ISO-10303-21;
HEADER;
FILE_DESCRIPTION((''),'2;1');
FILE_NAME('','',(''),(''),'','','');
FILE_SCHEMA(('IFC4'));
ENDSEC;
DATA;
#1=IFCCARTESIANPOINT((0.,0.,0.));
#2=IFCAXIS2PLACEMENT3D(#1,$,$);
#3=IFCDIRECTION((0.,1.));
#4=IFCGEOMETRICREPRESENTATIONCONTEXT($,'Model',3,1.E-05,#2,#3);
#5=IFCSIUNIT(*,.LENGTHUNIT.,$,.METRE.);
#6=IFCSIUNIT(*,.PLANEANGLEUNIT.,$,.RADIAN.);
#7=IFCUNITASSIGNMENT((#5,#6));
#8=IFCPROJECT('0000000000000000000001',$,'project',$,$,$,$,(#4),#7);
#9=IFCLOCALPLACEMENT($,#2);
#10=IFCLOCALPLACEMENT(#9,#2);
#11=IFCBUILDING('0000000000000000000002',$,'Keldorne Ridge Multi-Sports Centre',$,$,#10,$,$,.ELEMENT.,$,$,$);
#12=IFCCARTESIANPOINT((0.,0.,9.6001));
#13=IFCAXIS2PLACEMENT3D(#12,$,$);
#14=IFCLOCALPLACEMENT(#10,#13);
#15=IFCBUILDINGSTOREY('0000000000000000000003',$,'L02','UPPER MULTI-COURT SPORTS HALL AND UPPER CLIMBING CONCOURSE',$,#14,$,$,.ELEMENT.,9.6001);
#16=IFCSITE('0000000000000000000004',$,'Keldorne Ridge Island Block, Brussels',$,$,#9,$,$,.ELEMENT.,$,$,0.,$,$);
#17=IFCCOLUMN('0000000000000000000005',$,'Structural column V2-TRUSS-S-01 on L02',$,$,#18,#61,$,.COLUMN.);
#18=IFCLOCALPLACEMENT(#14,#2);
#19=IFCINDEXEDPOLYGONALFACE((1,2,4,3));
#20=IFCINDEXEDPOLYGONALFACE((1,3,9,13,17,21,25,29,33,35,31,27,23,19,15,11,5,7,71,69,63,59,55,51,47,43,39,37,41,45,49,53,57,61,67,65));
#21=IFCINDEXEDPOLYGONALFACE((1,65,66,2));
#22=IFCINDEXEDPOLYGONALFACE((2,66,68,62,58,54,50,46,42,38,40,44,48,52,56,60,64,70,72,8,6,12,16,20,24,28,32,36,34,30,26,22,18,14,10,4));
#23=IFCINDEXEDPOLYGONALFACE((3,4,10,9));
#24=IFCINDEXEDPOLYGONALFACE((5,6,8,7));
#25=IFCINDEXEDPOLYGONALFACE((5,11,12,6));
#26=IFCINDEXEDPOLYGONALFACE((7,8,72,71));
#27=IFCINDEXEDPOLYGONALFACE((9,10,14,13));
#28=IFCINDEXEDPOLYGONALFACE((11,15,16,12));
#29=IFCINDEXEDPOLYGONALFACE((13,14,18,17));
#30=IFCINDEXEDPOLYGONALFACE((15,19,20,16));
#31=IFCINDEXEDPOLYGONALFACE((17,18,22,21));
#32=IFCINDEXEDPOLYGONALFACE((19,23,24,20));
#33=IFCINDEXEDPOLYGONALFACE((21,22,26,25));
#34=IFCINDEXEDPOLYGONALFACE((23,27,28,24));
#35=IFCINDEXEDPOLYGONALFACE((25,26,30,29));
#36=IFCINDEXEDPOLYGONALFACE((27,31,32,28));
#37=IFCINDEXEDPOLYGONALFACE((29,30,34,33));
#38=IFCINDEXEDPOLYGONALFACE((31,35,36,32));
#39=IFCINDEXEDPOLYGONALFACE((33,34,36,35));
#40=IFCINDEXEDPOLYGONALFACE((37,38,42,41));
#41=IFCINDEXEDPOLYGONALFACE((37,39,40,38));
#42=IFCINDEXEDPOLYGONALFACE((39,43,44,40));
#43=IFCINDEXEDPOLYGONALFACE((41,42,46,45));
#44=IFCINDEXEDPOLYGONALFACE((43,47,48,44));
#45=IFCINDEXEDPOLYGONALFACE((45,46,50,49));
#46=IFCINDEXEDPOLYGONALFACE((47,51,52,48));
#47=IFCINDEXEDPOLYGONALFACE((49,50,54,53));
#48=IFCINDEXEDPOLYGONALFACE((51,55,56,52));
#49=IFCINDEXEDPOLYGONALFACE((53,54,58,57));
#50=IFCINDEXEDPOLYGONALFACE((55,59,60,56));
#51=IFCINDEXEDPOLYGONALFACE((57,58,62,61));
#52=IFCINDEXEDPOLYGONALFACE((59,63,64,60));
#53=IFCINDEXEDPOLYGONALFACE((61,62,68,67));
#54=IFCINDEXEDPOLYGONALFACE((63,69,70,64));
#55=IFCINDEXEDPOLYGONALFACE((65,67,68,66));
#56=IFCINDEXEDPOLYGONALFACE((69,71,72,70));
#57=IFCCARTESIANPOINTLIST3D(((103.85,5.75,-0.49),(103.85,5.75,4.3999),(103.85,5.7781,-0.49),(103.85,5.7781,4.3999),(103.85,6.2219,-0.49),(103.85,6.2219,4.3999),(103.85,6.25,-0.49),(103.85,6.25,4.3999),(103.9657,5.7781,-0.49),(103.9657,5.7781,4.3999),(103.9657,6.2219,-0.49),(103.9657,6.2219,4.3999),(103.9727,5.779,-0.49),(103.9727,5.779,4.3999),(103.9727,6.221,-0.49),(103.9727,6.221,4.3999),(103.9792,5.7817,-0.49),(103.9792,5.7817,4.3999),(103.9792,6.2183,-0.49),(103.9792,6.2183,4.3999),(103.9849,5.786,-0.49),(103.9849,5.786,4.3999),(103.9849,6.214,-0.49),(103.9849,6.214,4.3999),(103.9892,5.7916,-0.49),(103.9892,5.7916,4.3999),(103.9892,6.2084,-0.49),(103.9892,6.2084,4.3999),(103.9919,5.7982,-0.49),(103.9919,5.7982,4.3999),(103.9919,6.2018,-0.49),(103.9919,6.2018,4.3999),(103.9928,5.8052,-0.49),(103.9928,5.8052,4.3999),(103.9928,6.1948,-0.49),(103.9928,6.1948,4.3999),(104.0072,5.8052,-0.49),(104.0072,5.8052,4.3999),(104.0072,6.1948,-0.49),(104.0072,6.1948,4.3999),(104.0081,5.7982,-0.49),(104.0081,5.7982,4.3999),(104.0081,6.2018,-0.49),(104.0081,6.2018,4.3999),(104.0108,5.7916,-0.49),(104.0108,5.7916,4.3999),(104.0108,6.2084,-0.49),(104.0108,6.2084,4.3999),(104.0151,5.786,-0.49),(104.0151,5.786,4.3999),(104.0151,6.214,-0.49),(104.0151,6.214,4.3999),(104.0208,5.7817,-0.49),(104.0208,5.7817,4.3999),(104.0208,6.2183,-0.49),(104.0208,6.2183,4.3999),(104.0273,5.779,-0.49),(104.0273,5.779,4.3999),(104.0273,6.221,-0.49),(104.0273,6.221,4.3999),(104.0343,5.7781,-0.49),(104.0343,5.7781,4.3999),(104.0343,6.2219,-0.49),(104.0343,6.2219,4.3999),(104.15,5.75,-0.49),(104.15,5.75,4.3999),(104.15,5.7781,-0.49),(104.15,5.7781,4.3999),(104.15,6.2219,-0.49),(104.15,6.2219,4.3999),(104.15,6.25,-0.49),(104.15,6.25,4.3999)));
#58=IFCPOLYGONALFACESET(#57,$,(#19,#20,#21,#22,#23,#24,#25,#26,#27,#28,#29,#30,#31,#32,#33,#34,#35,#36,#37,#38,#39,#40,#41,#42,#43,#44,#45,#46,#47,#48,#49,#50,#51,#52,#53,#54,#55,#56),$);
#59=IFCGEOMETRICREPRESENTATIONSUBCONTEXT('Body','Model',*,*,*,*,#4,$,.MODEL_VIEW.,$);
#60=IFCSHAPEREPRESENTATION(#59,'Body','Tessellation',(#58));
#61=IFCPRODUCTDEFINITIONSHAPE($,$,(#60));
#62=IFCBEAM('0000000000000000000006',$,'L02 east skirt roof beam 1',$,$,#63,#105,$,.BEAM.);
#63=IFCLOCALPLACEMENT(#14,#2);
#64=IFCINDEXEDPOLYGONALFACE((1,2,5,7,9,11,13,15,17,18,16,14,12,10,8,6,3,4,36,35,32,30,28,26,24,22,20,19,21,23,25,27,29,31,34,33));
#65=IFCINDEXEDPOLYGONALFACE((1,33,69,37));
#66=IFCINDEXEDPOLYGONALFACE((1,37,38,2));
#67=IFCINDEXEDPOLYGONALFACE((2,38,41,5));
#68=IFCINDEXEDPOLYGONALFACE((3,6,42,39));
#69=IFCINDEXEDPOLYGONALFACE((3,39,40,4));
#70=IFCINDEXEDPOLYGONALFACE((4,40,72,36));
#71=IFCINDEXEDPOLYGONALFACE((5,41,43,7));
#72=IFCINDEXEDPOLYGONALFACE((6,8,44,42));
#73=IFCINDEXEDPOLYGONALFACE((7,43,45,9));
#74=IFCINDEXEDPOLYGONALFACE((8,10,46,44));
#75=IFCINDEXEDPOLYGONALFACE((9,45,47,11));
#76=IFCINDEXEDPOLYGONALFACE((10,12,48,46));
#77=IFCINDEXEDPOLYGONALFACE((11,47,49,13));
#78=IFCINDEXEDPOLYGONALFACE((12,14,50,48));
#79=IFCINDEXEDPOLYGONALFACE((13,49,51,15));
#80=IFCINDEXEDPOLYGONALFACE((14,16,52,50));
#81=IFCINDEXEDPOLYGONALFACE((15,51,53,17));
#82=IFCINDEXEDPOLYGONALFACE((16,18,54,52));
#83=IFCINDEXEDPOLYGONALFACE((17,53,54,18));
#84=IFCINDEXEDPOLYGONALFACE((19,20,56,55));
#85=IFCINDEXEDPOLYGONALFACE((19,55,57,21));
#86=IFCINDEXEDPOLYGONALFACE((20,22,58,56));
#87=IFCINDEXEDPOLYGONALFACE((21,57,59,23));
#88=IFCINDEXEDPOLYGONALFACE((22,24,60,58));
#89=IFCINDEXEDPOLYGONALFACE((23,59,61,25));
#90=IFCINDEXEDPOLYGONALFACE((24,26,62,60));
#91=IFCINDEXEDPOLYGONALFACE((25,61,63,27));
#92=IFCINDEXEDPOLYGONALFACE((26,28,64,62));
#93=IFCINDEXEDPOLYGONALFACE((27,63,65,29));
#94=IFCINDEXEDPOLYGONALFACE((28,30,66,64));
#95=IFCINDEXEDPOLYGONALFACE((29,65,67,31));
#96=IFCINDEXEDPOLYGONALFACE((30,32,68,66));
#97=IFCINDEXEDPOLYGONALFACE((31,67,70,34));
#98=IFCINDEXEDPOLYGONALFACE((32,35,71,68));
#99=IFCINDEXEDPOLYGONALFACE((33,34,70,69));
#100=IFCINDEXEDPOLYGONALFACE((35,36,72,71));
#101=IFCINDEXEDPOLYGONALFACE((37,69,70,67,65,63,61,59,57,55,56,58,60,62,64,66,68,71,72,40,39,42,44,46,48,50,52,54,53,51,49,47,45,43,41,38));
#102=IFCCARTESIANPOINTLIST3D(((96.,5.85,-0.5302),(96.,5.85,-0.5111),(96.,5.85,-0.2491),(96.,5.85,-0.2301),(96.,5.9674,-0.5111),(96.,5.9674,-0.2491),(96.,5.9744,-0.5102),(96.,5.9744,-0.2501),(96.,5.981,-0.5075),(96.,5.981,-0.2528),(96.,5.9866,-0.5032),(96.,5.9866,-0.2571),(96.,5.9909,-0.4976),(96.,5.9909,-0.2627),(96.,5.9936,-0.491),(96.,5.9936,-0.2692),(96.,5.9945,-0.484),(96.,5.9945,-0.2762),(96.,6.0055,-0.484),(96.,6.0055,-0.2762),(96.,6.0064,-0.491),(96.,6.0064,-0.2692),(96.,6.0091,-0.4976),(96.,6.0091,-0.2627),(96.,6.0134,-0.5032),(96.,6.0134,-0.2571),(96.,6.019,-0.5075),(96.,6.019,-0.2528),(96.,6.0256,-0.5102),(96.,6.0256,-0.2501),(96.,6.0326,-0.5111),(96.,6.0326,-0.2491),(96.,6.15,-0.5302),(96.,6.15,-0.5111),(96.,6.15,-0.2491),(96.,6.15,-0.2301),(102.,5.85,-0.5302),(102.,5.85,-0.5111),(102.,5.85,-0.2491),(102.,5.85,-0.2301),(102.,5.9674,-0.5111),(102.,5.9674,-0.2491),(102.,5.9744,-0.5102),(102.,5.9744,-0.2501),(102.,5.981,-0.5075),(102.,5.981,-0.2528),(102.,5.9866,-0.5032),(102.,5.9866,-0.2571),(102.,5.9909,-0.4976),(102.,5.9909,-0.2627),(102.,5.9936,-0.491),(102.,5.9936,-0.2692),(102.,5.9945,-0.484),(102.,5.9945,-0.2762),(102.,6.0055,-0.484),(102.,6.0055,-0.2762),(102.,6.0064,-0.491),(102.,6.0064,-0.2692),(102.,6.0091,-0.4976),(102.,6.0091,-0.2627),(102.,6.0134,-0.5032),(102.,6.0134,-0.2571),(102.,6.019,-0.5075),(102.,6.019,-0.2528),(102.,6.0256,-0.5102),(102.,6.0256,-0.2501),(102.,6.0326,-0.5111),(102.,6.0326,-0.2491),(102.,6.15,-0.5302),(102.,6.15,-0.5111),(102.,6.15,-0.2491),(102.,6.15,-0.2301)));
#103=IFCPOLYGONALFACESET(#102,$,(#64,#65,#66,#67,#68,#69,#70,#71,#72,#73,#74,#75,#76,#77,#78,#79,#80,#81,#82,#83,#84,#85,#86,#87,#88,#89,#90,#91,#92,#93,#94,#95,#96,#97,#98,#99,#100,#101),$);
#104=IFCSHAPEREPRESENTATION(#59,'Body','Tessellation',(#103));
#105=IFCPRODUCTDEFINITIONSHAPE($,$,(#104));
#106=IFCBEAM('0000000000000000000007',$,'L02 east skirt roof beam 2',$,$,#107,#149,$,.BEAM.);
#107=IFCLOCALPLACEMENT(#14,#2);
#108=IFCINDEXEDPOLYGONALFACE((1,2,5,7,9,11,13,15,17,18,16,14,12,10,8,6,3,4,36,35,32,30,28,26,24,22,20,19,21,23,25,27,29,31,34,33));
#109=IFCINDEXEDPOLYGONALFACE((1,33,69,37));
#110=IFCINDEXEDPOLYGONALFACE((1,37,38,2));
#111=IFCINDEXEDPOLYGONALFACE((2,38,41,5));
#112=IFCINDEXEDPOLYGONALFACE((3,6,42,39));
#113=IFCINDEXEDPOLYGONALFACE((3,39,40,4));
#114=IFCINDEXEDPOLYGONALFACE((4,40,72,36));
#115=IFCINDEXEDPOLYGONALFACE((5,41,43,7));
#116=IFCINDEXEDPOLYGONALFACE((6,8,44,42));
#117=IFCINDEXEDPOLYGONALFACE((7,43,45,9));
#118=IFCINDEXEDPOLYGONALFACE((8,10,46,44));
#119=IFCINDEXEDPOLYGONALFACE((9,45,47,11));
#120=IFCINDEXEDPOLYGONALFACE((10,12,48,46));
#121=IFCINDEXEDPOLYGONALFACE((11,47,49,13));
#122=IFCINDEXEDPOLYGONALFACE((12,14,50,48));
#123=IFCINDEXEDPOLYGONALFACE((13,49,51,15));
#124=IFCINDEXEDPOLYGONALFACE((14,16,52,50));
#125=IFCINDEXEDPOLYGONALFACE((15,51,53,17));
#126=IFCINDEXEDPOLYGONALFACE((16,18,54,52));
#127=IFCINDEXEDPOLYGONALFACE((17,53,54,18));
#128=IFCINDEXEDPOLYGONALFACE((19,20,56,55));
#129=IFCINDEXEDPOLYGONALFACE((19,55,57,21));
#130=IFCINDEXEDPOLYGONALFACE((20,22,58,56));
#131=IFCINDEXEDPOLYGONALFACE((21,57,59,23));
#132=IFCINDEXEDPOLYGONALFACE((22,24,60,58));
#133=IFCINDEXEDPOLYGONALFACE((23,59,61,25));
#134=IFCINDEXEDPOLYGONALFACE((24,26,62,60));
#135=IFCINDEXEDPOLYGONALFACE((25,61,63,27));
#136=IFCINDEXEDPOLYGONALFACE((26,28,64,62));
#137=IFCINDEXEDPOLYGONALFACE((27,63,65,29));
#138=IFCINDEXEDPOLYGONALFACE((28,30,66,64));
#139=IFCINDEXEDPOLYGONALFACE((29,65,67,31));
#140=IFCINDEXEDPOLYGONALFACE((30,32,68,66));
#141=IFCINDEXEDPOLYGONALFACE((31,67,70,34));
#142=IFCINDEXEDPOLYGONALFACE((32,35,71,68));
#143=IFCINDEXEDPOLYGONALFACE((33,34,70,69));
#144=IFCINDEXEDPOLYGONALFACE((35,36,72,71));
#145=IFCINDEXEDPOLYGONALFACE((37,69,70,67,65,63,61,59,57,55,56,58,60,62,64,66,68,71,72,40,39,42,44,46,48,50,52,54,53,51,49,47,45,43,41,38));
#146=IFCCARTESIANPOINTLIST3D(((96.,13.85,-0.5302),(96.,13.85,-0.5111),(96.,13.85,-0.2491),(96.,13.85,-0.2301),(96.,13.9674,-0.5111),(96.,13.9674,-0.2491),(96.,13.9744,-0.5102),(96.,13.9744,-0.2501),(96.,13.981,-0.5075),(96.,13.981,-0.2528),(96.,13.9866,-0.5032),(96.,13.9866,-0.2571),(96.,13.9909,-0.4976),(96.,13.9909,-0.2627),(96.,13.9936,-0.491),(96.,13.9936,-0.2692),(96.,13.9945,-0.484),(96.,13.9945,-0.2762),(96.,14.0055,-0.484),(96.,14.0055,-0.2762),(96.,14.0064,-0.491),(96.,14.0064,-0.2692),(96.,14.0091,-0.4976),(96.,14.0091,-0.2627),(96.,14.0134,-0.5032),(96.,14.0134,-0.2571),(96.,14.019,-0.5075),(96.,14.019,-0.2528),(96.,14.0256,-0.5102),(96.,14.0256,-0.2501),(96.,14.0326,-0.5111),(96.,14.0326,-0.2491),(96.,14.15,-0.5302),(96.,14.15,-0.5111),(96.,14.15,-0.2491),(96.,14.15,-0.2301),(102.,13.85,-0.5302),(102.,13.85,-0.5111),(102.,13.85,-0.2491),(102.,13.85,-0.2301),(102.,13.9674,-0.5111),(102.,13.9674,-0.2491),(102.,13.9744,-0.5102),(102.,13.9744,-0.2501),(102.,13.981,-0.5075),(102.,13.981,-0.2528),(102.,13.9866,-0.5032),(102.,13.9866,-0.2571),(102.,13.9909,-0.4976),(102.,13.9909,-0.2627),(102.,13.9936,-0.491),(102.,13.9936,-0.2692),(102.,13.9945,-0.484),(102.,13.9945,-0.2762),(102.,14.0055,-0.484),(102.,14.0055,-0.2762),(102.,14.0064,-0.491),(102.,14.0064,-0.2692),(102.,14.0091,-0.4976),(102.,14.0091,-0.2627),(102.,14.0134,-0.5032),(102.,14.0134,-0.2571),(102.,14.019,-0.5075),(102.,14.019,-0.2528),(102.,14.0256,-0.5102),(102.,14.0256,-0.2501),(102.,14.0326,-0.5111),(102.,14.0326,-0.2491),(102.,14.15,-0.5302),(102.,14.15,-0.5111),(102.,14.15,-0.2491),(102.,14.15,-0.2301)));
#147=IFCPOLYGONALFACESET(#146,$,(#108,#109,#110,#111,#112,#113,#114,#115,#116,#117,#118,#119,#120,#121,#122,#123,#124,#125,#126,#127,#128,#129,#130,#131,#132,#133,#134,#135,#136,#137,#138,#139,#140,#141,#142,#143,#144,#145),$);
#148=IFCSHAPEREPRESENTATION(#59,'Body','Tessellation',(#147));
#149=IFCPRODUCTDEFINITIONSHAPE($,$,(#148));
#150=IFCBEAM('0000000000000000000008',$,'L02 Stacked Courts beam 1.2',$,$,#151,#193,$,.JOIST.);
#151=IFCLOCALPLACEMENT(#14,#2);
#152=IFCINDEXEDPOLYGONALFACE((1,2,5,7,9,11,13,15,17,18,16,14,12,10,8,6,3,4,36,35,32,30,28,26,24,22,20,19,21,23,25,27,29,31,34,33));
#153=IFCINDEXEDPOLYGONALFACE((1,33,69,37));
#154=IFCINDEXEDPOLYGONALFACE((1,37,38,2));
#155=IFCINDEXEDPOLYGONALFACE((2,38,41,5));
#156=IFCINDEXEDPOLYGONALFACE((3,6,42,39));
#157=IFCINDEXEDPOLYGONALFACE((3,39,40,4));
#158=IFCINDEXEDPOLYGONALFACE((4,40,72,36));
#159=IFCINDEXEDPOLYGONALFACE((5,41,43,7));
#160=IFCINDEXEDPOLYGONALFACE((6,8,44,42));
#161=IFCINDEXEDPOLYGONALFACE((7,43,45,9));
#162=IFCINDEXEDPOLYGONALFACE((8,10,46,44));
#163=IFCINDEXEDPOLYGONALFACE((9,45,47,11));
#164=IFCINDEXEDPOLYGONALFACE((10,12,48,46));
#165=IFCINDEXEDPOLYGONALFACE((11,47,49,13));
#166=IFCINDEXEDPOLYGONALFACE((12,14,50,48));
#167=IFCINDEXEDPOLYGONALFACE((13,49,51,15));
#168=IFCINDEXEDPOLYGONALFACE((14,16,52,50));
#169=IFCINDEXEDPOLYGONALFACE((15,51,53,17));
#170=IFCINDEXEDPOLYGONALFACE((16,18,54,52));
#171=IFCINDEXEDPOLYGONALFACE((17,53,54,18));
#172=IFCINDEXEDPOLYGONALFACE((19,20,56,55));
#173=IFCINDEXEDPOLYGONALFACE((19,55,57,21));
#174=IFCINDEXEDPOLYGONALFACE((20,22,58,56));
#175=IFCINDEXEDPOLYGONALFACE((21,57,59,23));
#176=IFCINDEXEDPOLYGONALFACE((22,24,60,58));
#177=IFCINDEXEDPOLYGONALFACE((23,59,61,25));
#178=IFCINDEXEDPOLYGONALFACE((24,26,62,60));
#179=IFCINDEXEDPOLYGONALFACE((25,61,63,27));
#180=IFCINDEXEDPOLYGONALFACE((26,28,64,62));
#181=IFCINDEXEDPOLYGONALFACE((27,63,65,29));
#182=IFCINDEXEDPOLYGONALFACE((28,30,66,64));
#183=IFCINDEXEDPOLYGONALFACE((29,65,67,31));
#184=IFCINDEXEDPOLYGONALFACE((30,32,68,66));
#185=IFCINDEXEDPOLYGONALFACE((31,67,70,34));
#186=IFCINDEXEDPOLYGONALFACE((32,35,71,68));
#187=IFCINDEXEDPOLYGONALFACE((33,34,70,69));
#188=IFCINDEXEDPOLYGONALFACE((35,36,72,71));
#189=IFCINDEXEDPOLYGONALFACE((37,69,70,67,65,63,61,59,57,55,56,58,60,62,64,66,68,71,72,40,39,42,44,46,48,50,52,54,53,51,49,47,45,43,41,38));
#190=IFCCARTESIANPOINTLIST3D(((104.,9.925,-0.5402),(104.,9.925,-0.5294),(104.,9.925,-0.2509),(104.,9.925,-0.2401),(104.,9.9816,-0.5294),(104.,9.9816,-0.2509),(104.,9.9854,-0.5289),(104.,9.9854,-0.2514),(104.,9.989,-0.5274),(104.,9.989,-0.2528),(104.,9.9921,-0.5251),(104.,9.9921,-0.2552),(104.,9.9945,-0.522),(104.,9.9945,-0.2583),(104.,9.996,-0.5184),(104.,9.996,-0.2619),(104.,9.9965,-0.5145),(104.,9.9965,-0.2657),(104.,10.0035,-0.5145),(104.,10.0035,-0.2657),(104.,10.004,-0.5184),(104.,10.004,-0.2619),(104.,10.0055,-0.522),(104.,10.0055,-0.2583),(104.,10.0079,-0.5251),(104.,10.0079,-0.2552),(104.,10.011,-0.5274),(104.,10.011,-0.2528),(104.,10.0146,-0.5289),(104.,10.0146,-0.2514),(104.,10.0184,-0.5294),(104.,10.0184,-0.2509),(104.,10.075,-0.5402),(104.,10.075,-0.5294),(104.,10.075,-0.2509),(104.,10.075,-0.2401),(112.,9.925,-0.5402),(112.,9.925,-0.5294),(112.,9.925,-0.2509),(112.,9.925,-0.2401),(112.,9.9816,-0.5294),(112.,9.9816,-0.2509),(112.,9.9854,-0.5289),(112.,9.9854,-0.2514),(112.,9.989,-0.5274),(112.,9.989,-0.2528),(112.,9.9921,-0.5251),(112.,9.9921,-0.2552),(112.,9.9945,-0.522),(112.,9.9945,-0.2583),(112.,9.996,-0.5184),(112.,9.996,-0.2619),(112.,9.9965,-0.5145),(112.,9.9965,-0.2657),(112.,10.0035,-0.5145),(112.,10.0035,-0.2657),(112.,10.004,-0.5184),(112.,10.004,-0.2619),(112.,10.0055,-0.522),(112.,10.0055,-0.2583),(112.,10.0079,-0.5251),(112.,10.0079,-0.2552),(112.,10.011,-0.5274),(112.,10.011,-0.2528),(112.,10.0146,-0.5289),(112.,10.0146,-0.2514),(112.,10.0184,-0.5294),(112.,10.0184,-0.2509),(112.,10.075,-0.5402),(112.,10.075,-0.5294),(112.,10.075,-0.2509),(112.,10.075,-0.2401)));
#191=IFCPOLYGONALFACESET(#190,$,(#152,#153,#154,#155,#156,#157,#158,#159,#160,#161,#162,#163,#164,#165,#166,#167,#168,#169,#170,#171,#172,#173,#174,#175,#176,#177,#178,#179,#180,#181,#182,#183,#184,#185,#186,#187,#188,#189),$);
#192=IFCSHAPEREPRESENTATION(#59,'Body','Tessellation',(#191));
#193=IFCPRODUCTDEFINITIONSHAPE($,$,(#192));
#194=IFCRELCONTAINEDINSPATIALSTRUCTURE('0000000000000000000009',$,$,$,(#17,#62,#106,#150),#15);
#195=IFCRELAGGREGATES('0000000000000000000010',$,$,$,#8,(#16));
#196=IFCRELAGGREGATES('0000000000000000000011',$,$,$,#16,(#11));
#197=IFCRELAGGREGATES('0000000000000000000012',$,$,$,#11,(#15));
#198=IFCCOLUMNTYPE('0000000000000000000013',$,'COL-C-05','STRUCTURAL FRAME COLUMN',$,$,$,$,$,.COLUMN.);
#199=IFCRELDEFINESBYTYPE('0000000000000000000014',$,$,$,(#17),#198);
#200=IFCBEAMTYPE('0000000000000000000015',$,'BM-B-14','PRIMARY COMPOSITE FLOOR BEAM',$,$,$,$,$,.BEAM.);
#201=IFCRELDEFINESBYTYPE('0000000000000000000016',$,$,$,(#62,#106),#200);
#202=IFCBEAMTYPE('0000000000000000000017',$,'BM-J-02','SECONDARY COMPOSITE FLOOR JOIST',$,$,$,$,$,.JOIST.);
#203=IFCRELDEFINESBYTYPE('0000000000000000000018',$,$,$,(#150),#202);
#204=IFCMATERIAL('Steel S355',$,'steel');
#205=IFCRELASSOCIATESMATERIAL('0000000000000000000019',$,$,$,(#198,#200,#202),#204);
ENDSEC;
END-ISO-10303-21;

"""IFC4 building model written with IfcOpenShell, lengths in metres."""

from ifc_helpers import new_model, si_unit, direction, frame, origin, origin_2d, place, context, subcontext, project, spatial, i_section, extrude, material, material_profile, profile_set, type_object, element, save


model = new_model("IFC4")

# Units and contexts
model_context = context("Model", 3, precision=1e-05, world=origin(), true_north=direction((0.0, 1.0)))
body_context = subcontext(model_context, "Body", "Model", "MODEL_VIEW")
ifc_project = project(units=[si_unit("LENGTHUNIT", "METRE"), si_unit("PLANEANGLEUNIT", "RADIAN")], contexts=[model_context])

# Site, building, storey
site_placement = place(None, origin())
site = spatial("IfcSite", under=ifc_project, at=site_placement, Name="Keldorne Ridge Island Block, Brussels", CompositionType="ELEMENT", RefElevation=0.0)
building_placement = place(site_placement, origin())
building = spatial("IfcBuilding", under=site, at=building_placement, Name="Keldorne Ridge Multi-Sports Centre", CompositionType="ELEMENT")
storey_placement = place(building_placement, frame((0.0, 0.0, 9.6001)))
storey = spatial("IfcBuildingStorey", under=building, at=storey_placement, Name="L02", Description="UPPER MULTI-COURT SPORTS HALL AND UPPER CLIMBING CONCOURSE", CompositionType="ELEMENT", Elevation=9.6001)

# Column
ifc_material_1 = material(Name="Steel S355", Category="steel")
ifc_material_profile_1 = material_profile(ifc_material_1, i_section(OverallWidth=0.3, OverallDepth=0.5, WebThickness=0.0144, FlangeThickness=0.0281, FilletRadius=0.0271, at=origin_2d()), Name="HEB 500")
ifc_profile_set_1 = profile_set([ifc_material_profile_1], Name="Steel S355")
column_type = type_object("IfcColumnType", Name="COL-C-05", Description="STRUCTURAL FRAME COLUMN", PredefinedType="COLUMN", material=ifc_profile_set_1)
column_placement = place(storey_placement, frame((104.0, 6.0, -0.49), z_axis=(0.0, 0.0, 1.0), x_axis=(1.0, 0.0, 0.0)))
element("IfcColumn", 1, at=column_placement, inside=storey, type_object=column_type, Name="Structural column V2-TRUSS-S-01 on L02", PredefinedType="COLUMN", context=body_context, shape_type="SweptSolid", body=[
    extrude(i_section(OverallWidth=0.3, OverallDepth=0.5, WebThickness=0.0144, FlangeThickness=0.0281, FilletRadius=0.0271, at=origin_2d()), origin(), (0.0, 0.0, 1.0), 4.8899),
])

# Beams
ifc_material_profile_2 = material_profile(ifc_material_1, i_section(OverallWidth=0.3, OverallDepth=0.3, WebThickness=0.011, FlangeThickness=0.019, FilletRadius=0.0271, at=origin_2d()), Name="HEB 300")
ifc_profile_set_2 = profile_set([ifc_material_profile_2], Name="Steel S355")
beam_type_1 = type_object("IfcBeamType", Name="BM-B-14", Description="PRIMARY COMPOSITE FLOOR BEAM", PredefinedType="BEAM", material=ifc_profile_set_2)
for number, where, z_axis, x_axis, name in (
    (2, (96.0, 6.0, -0.3801), (1.0, 0.0, 0.0), (0.0, 1.0, 0.0), "L02 east skirt roof beam 1"),
    (3, (96.0, 14.0, -0.3801), (1.0, 0.0, 0.0), (0.0, 1.0, 0.0), "L02 east skirt roof beam 2"),
):
    element("IfcBeam", number, at=place(storey_placement, frame(where, z_axis=z_axis, x_axis=x_axis)), inside=storey, type_object=beam_type_1, Name=name, PredefinedType="BEAM", context=body_context, shape_type="SweptSolid", body=[
        extrude(i_section(OverallWidth=0.3, OverallDepth=0.3, WebThickness=0.011, FlangeThickness=0.019, FilletRadius=0.0271, at=origin_2d()), origin(), (0.0, 0.0, 1.0), 6.0),
    ])
ifc_material_profile_3 = material_profile(ifc_material_1, i_section(OverallWidth=0.1499, OverallDepth=0.3, WebThickness=0.0071, FlangeThickness=0.0107, FilletRadius=0.0149, at=origin_2d()), Name="IPE 300")
ifc_profile_set_3 = profile_set([ifc_material_profile_3], Name="Steel S355")
beam_type_2 = type_object("IfcBeamType", Name="BM-J-02", Description="SECONDARY COMPOSITE FLOOR JOIST", PredefinedType="JOIST", material=ifc_profile_set_3)
beam_1_placement = place(storey_placement, frame((104.0, 10.0, -0.3901), z_axis=(1.0, 0.0, 0.0), x_axis=(0.0, 1.0, 0.0)))
element("IfcBeam", 4, at=beam_1_placement, inside=storey, type_object=beam_type_2, Name="L02 Stacked Courts beam 1.2", PredefinedType="JOIST", context=body_context, shape_type="SweptSolid", body=[
    extrude(i_section(OverallWidth=0.1499, OverallDepth=0.3, WebThickness=0.0071, FlangeThickness=0.0107, FilletRadius=0.0149, at=origin_2d()), origin(), (0.0, 0.0, 1.0), 8.0),
])

save(model, "model.ifc")
